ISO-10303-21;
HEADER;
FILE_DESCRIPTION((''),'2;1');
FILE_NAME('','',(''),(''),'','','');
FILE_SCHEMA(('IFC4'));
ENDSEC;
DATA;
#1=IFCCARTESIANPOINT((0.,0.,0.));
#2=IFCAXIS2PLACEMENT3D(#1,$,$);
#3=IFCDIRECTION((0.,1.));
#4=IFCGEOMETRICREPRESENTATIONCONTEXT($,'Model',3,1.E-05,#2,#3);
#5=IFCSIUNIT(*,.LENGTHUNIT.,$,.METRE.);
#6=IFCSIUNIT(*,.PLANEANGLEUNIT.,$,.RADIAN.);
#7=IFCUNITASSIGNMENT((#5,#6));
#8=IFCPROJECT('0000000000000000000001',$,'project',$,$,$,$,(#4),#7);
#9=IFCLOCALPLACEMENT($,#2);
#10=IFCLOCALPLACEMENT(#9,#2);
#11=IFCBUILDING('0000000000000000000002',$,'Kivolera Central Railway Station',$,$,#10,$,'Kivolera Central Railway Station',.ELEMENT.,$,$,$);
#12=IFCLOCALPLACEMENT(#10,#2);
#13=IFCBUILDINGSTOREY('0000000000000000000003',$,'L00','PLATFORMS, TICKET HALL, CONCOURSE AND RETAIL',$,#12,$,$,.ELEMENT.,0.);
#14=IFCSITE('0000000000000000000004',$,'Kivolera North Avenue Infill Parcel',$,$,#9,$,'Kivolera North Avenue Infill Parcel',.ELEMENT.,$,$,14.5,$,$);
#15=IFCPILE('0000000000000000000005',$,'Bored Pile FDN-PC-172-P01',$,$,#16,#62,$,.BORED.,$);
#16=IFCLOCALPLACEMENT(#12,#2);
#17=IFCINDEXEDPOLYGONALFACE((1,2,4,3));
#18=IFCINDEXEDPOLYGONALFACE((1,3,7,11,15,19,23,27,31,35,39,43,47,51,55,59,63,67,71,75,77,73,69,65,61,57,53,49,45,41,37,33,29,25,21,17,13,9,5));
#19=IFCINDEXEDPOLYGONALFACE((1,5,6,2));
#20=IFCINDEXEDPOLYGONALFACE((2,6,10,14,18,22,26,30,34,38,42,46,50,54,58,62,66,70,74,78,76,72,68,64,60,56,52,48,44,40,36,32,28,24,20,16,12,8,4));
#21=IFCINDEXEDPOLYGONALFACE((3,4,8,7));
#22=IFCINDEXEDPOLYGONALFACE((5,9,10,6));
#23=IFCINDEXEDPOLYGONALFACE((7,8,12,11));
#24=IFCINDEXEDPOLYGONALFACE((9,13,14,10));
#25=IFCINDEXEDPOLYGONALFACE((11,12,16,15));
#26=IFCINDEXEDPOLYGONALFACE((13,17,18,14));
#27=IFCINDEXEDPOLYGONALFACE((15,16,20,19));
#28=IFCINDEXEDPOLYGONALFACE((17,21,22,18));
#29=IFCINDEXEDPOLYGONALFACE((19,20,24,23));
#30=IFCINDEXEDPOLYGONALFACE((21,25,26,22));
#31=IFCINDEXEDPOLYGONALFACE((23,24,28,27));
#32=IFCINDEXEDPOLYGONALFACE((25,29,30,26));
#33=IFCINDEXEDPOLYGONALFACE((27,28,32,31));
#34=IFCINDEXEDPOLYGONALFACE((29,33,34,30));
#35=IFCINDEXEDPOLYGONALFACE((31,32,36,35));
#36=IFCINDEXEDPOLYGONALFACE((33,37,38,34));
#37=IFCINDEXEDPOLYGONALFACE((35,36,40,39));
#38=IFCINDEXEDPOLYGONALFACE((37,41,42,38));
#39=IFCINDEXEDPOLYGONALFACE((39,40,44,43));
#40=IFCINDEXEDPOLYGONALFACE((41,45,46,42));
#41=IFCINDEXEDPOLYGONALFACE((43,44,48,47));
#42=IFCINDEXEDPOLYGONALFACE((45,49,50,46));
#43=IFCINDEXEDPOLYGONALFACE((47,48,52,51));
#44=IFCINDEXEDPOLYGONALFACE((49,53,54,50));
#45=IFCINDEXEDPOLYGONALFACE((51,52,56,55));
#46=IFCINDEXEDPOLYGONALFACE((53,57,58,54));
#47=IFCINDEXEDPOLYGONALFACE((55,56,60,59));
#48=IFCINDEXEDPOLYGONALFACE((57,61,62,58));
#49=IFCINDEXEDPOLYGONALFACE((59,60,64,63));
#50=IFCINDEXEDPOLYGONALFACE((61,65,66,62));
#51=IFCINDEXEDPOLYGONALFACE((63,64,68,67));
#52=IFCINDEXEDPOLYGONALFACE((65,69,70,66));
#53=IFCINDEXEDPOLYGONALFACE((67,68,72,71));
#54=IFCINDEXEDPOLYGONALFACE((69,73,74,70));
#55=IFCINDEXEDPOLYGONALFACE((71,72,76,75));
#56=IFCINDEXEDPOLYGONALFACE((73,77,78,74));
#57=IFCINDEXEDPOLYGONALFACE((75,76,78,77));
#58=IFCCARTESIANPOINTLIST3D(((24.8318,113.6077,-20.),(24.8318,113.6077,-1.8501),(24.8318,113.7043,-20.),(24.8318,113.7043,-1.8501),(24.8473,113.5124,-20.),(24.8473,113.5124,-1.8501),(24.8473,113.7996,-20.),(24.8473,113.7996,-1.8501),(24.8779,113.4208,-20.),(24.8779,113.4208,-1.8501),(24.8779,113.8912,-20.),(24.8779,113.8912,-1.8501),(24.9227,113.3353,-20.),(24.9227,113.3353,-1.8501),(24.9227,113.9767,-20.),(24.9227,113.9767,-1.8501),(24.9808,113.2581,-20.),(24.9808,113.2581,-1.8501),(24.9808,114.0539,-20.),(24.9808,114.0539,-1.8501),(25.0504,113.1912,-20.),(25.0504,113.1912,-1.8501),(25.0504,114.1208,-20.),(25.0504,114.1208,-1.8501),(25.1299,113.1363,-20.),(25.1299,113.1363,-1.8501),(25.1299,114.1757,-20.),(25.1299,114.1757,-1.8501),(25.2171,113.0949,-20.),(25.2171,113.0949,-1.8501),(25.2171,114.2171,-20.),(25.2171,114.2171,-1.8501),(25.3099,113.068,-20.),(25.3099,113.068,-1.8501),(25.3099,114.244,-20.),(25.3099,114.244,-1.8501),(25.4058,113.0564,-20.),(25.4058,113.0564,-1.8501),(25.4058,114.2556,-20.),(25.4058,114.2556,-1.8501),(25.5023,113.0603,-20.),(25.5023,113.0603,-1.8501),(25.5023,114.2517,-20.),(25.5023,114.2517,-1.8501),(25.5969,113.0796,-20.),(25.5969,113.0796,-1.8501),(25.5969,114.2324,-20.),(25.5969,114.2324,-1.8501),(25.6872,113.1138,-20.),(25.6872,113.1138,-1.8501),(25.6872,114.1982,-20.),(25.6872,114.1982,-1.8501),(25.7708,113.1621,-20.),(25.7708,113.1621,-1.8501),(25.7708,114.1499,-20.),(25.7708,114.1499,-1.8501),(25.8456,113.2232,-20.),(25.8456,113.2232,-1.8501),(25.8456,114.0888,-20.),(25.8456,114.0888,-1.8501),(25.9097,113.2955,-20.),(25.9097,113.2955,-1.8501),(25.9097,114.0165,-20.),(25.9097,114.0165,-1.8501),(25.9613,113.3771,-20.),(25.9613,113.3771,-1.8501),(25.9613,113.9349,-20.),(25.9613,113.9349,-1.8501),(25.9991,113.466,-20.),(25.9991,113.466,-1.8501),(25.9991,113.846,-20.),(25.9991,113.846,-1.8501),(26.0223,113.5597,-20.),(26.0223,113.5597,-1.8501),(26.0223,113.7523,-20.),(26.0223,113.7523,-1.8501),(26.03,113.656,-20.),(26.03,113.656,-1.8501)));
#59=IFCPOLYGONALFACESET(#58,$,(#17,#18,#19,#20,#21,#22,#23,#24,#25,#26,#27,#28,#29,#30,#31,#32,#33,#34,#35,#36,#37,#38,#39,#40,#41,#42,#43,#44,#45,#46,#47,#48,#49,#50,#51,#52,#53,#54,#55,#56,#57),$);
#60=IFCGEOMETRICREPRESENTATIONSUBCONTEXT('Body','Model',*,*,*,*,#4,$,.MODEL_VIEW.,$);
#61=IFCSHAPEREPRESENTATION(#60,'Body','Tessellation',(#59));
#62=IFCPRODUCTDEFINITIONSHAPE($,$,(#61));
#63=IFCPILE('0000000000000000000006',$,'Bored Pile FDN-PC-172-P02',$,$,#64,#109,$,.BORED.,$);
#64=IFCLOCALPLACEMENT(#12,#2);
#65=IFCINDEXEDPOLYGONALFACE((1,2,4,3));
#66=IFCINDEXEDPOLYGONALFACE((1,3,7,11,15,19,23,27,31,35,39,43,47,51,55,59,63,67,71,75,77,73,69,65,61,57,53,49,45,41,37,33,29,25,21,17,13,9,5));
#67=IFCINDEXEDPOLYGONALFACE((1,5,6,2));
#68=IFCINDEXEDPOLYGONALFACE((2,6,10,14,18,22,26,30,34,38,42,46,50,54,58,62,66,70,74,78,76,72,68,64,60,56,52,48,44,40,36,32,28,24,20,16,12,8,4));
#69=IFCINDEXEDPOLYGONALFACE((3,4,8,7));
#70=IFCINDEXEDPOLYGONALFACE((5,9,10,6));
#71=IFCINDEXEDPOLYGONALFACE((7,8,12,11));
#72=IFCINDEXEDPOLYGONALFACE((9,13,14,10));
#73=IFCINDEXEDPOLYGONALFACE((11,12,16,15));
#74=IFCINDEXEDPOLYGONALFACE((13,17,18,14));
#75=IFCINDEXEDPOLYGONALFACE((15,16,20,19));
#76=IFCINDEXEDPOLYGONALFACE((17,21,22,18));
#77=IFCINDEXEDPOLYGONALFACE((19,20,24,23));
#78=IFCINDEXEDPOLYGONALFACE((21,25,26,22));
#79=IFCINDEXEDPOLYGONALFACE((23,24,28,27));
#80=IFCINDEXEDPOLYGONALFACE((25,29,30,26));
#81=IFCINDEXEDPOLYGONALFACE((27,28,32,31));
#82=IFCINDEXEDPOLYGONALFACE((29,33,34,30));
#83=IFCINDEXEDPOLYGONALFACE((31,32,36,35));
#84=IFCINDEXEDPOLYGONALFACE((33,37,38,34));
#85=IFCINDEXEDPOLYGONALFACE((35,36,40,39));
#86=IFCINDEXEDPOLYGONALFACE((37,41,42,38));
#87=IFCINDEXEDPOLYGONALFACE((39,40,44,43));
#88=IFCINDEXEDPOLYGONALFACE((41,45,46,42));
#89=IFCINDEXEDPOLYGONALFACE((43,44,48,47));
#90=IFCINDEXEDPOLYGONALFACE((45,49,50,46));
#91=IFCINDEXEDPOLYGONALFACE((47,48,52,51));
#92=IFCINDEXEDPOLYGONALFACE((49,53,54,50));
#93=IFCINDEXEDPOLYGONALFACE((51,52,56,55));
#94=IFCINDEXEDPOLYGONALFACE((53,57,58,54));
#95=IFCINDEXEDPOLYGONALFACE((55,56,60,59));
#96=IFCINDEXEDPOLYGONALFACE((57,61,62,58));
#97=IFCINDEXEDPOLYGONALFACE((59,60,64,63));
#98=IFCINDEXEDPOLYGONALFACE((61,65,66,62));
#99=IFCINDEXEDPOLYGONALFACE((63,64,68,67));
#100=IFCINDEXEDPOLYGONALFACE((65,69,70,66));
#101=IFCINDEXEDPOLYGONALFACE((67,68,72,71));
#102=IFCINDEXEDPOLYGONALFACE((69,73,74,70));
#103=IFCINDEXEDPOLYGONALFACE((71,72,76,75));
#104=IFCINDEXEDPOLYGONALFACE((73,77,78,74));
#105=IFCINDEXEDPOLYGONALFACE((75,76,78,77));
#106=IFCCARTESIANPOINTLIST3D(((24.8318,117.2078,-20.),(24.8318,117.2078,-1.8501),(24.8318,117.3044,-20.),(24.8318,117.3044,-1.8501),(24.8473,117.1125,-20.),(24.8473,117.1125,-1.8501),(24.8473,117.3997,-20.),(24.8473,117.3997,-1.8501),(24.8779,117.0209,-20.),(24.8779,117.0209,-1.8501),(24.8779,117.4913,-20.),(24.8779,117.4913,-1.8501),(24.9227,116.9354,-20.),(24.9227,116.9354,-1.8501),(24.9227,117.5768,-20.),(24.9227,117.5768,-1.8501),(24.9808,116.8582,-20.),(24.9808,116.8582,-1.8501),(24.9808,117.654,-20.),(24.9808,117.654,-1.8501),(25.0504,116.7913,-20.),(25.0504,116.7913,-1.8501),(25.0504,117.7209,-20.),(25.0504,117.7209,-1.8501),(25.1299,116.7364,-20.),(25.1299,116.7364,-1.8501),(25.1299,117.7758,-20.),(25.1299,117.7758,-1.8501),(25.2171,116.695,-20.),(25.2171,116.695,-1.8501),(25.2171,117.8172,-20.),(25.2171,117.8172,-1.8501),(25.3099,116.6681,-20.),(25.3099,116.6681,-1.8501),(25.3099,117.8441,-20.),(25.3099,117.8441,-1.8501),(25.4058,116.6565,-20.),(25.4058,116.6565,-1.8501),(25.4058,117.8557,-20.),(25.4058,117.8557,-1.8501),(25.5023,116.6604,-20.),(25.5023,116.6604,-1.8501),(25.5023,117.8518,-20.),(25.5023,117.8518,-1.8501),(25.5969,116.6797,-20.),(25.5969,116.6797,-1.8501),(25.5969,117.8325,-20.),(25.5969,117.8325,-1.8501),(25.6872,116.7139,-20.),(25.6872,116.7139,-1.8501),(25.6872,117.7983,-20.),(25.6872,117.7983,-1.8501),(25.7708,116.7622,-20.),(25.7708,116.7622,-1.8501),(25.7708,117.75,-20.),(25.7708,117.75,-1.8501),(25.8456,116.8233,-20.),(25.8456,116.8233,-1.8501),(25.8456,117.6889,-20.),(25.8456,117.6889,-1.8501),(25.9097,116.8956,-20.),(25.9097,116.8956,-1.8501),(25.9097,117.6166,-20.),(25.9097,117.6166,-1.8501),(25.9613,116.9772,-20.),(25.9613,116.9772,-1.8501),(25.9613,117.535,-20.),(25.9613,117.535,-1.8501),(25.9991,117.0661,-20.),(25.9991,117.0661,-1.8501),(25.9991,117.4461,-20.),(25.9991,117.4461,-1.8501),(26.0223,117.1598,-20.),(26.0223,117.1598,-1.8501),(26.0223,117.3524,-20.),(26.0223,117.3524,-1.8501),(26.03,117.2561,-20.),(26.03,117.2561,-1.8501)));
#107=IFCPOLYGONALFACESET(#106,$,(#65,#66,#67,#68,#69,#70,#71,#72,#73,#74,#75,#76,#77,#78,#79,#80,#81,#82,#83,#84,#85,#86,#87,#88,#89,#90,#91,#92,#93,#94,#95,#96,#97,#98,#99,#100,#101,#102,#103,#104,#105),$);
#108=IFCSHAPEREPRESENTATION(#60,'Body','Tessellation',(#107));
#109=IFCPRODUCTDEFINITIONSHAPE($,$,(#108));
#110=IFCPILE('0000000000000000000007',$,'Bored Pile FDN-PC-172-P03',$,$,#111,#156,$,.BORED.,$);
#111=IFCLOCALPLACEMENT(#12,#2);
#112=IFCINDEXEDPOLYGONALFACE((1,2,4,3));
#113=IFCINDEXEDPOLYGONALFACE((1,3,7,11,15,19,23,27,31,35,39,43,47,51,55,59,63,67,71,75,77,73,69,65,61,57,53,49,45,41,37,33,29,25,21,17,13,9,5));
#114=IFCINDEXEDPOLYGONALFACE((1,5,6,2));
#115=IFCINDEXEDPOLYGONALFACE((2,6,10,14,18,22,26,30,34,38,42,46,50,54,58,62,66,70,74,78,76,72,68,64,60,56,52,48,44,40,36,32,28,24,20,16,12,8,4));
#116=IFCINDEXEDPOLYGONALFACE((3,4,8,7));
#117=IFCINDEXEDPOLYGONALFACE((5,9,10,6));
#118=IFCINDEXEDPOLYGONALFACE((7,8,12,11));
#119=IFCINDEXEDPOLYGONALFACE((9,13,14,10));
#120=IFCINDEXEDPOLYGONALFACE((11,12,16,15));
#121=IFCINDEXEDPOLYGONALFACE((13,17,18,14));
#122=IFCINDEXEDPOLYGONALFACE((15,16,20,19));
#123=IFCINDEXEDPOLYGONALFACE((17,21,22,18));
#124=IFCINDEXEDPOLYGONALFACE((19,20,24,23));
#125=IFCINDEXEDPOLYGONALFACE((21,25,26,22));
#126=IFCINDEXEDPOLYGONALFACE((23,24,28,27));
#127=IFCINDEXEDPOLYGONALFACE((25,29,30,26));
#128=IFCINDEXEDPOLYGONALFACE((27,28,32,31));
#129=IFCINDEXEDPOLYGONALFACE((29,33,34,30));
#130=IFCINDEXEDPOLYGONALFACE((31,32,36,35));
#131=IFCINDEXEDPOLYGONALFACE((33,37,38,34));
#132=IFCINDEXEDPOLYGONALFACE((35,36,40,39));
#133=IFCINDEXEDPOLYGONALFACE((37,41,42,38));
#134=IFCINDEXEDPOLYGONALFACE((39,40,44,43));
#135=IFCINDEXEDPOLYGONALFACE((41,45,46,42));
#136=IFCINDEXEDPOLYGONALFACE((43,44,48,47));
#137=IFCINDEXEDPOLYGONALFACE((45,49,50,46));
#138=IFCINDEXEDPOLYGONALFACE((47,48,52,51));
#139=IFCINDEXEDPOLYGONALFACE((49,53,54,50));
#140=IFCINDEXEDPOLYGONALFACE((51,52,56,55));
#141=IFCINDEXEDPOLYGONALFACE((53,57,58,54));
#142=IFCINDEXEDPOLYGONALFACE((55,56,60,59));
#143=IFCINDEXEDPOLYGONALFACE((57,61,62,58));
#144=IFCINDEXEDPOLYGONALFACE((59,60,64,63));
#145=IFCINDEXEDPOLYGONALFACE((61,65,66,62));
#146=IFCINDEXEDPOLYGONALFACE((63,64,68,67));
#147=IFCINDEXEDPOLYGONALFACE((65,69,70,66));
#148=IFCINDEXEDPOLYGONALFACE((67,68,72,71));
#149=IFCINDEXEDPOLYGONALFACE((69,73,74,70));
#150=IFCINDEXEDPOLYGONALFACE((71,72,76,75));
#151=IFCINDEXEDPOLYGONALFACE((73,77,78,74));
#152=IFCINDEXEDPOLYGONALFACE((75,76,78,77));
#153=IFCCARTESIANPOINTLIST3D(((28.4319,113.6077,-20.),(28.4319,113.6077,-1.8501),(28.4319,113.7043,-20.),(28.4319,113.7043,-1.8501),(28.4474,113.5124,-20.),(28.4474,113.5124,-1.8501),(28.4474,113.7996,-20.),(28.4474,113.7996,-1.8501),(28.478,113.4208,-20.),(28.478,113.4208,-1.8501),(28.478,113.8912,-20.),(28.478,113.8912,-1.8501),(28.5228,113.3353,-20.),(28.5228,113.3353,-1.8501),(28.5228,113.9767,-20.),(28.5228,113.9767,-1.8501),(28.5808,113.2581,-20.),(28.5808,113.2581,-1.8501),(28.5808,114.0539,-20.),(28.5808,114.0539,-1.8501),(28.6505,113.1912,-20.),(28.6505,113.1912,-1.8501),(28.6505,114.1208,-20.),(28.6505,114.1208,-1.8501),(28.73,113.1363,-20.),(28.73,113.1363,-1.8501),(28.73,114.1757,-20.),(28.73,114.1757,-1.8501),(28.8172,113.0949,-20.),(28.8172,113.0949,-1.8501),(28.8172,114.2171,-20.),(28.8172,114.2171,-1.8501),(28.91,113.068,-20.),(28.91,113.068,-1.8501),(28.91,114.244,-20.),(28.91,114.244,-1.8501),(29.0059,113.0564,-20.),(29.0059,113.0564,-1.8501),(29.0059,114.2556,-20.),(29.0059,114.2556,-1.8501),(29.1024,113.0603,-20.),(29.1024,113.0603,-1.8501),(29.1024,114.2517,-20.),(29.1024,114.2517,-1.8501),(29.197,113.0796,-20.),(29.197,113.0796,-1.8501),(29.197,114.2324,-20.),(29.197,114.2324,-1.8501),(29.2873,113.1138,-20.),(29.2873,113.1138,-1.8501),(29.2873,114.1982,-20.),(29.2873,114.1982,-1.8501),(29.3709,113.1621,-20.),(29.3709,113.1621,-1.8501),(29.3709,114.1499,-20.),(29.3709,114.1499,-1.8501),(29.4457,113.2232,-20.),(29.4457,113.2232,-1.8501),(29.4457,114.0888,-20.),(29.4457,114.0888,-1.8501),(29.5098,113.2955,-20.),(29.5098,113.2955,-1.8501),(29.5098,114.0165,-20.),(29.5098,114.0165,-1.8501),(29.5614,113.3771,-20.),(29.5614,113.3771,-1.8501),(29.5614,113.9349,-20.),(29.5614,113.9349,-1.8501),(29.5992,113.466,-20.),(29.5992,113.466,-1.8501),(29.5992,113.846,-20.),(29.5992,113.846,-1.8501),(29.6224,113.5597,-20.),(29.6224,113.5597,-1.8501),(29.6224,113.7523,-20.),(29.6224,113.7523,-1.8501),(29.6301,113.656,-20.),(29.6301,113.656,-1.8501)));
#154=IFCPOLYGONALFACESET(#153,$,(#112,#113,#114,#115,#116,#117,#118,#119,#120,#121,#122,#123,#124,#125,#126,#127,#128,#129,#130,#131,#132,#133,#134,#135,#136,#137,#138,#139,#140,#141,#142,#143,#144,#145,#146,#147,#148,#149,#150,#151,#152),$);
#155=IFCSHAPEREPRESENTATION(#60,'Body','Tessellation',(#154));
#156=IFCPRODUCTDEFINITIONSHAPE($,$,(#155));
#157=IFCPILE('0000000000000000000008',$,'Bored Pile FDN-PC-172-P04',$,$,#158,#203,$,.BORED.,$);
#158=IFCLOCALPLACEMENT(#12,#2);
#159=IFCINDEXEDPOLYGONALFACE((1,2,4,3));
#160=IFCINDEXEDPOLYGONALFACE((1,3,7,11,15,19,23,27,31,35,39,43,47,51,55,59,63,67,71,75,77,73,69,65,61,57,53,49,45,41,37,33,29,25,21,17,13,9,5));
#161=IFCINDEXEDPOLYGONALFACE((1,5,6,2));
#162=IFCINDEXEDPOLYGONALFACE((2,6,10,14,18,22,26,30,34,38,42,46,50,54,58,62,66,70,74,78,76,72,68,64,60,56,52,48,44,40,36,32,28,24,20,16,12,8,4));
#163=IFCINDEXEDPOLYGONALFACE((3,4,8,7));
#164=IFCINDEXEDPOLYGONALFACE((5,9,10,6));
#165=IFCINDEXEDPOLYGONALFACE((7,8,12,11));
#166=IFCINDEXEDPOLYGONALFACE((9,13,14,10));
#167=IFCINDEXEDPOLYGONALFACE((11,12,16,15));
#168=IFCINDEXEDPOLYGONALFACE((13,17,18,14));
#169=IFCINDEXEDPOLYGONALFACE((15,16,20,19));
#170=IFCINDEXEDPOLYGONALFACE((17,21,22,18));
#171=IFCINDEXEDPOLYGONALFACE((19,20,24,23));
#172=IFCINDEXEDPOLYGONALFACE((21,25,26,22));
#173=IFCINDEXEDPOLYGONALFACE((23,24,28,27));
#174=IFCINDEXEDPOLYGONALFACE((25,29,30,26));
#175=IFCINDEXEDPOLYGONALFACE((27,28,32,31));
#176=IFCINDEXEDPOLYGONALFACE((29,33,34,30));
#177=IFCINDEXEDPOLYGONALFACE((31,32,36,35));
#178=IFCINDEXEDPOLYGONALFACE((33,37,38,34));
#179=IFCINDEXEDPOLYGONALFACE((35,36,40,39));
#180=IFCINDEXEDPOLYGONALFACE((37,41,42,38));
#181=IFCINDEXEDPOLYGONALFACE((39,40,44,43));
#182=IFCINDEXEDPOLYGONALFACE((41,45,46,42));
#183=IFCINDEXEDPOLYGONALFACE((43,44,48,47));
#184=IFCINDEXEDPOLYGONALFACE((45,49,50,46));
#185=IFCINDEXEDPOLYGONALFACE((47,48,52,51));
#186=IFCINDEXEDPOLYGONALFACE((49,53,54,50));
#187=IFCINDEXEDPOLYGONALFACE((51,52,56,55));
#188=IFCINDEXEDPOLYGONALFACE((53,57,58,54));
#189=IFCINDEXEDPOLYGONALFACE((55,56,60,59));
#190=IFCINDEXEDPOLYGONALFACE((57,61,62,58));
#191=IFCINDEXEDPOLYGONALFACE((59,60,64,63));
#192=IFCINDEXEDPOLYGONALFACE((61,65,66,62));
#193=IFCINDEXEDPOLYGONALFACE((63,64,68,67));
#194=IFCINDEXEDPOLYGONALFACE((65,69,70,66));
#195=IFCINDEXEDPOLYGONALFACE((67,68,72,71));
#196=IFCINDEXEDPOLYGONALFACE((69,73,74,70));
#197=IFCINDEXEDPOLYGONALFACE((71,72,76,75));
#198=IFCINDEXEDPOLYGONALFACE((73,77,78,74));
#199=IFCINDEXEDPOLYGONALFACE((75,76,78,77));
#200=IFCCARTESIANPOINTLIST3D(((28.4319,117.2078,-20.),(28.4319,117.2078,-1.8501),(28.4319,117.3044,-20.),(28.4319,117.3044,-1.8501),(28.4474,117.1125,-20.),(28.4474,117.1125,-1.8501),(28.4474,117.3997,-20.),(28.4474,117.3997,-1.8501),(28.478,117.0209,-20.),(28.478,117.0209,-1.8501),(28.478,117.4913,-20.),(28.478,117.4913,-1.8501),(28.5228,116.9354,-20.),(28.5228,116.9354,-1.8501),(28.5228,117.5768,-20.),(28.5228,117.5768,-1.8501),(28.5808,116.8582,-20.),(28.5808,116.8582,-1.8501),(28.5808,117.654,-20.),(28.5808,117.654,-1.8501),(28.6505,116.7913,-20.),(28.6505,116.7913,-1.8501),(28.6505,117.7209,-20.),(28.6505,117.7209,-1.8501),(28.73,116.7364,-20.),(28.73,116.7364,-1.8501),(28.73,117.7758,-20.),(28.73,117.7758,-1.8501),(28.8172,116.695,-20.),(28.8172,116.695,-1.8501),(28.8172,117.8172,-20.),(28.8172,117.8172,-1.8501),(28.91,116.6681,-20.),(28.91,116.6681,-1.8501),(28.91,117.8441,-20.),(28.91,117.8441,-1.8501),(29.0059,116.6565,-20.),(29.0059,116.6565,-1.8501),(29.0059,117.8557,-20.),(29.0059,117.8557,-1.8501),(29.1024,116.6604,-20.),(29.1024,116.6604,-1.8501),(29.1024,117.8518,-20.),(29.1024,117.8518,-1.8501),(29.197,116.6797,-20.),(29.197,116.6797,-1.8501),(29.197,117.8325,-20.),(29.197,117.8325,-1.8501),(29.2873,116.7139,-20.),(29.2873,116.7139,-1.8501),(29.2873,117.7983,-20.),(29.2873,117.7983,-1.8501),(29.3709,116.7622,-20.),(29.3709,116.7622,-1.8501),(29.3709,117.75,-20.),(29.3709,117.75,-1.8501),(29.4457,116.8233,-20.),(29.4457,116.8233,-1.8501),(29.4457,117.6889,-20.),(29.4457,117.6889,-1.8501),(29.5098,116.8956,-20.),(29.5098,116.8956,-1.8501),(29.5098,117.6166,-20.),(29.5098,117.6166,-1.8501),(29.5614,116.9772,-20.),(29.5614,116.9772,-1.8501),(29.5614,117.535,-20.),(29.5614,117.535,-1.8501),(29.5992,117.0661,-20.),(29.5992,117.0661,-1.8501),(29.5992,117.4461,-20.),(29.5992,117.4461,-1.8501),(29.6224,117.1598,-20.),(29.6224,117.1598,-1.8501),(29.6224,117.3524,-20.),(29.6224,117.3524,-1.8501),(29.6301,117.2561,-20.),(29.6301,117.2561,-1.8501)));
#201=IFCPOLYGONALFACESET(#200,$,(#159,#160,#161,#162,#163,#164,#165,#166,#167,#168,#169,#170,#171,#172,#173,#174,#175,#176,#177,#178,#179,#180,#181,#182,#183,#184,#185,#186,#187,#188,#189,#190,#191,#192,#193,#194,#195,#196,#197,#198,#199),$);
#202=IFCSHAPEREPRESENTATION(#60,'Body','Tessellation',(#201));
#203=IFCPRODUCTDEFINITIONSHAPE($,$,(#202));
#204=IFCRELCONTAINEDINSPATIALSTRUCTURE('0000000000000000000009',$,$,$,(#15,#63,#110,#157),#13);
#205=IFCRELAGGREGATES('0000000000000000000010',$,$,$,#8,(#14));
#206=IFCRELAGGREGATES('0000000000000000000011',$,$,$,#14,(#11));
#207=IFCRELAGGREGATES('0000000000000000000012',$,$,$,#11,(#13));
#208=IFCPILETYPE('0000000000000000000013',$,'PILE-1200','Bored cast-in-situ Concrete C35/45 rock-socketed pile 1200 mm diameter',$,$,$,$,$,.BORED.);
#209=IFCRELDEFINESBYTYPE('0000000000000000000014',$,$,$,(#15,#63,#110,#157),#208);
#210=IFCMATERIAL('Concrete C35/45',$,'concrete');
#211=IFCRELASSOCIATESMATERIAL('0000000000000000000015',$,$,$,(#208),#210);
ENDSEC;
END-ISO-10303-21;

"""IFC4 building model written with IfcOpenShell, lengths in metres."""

from ifc_helpers import new_model, si_unit, direction, frame, origin, origin_2d, place, context, subcontext, project, spatial, circle, extrude, material, material_profile, profile_set, type_object, element, save


model = new_model("IFC4")

# Units and contexts
model_context = context("Model", 3, precision=1e-05, world=origin(), true_north=direction((0.0, 1.0)))
body_context = subcontext(model_context, "Body", "Model", "MODEL_VIEW")
ifc_project = project(units=[si_unit("LENGTHUNIT", "METRE"), si_unit("PLANEANGLEUNIT", "RADIAN")], contexts=[model_context])

# Site, building, storey
site_placement = place(None, origin())
site = spatial("IfcSite", under=ifc_project, at=site_placement, Name="Kivolera North Avenue Infill Parcel", LongName="Kivolera North Avenue Infill Parcel", CompositionType="ELEMENT", RefElevation=14.5)
building_placement = place(site_placement, origin())
building = spatial("IfcBuilding", under=site, at=building_placement, Name="Kivolera Central Railway Station", LongName="Kivolera Central Railway Station", CompositionType="ELEMENT")
storey_placement = place(building_placement, origin())
storey = spatial("IfcBuildingStorey", under=building, at=storey_placement, Name="L00", Description="PLATFORMS, TICKET HALL, CONCOURSE AND RETAIL", CompositionType="ELEMENT", Elevation=0.0)

# Shared definitions
ifc_material_1 = material(Name="Concrete C35/45", Category="concrete")

# Piles
ifc_material_profile_1 = material_profile(ifc_material_1, circle(Radius=0.6001, at=origin_2d()), Name="PILE D1200")
ifc_profile_set_1 = profile_set([ifc_material_profile_1], Name="Concrete C35/45")
pile_type_1 = type_object("IfcPileType", Name="PILE-1200", Description="Bored cast-in-situ Concrete C35/45 rock-socketed pile 1200 mm diameter", PredefinedType="BORED", material=ifc_profile_set_1)
for number, where, z_axis, x_axis, name in (
    (1, (25.4299, 113.656, -1.8501), (0.0, 0.0, -1.0), (1.0, 0.0, 0.0), "Bored Pile FDN-PC-172-P01"),
    (2, (25.4299, 117.2561, -1.8501), (0.0, 0.0, -1.0), (1.0, 0.0, 0.0), "Bored Pile FDN-PC-172-P02"),
    (3, (29.03, 113.656, -1.8501), (0.0, 0.0, -1.0), (1.0, 0.0, 0.0), "Bored Pile FDN-PC-172-P03"),
    (4, (29.03, 117.2561, -1.8501), (0.0, 0.0, -1.0), (1.0, 0.0, 0.0), "Bored Pile FDN-PC-172-P04"),
):
    element("IfcPile", number, at=place(storey_placement, frame(where, z_axis=z_axis, x_axis=x_axis)), inside=storey, type_object=pile_type_1, Name=name, PredefinedType="BORED", context=body_context, shape_type="SweptSolid", body=[
        extrude(circle(Radius=0.6001, at=origin_2d()), origin(), (0.0, 0.0, 1.0), 18.1499),
    ])

save(model, "model.ifc")
